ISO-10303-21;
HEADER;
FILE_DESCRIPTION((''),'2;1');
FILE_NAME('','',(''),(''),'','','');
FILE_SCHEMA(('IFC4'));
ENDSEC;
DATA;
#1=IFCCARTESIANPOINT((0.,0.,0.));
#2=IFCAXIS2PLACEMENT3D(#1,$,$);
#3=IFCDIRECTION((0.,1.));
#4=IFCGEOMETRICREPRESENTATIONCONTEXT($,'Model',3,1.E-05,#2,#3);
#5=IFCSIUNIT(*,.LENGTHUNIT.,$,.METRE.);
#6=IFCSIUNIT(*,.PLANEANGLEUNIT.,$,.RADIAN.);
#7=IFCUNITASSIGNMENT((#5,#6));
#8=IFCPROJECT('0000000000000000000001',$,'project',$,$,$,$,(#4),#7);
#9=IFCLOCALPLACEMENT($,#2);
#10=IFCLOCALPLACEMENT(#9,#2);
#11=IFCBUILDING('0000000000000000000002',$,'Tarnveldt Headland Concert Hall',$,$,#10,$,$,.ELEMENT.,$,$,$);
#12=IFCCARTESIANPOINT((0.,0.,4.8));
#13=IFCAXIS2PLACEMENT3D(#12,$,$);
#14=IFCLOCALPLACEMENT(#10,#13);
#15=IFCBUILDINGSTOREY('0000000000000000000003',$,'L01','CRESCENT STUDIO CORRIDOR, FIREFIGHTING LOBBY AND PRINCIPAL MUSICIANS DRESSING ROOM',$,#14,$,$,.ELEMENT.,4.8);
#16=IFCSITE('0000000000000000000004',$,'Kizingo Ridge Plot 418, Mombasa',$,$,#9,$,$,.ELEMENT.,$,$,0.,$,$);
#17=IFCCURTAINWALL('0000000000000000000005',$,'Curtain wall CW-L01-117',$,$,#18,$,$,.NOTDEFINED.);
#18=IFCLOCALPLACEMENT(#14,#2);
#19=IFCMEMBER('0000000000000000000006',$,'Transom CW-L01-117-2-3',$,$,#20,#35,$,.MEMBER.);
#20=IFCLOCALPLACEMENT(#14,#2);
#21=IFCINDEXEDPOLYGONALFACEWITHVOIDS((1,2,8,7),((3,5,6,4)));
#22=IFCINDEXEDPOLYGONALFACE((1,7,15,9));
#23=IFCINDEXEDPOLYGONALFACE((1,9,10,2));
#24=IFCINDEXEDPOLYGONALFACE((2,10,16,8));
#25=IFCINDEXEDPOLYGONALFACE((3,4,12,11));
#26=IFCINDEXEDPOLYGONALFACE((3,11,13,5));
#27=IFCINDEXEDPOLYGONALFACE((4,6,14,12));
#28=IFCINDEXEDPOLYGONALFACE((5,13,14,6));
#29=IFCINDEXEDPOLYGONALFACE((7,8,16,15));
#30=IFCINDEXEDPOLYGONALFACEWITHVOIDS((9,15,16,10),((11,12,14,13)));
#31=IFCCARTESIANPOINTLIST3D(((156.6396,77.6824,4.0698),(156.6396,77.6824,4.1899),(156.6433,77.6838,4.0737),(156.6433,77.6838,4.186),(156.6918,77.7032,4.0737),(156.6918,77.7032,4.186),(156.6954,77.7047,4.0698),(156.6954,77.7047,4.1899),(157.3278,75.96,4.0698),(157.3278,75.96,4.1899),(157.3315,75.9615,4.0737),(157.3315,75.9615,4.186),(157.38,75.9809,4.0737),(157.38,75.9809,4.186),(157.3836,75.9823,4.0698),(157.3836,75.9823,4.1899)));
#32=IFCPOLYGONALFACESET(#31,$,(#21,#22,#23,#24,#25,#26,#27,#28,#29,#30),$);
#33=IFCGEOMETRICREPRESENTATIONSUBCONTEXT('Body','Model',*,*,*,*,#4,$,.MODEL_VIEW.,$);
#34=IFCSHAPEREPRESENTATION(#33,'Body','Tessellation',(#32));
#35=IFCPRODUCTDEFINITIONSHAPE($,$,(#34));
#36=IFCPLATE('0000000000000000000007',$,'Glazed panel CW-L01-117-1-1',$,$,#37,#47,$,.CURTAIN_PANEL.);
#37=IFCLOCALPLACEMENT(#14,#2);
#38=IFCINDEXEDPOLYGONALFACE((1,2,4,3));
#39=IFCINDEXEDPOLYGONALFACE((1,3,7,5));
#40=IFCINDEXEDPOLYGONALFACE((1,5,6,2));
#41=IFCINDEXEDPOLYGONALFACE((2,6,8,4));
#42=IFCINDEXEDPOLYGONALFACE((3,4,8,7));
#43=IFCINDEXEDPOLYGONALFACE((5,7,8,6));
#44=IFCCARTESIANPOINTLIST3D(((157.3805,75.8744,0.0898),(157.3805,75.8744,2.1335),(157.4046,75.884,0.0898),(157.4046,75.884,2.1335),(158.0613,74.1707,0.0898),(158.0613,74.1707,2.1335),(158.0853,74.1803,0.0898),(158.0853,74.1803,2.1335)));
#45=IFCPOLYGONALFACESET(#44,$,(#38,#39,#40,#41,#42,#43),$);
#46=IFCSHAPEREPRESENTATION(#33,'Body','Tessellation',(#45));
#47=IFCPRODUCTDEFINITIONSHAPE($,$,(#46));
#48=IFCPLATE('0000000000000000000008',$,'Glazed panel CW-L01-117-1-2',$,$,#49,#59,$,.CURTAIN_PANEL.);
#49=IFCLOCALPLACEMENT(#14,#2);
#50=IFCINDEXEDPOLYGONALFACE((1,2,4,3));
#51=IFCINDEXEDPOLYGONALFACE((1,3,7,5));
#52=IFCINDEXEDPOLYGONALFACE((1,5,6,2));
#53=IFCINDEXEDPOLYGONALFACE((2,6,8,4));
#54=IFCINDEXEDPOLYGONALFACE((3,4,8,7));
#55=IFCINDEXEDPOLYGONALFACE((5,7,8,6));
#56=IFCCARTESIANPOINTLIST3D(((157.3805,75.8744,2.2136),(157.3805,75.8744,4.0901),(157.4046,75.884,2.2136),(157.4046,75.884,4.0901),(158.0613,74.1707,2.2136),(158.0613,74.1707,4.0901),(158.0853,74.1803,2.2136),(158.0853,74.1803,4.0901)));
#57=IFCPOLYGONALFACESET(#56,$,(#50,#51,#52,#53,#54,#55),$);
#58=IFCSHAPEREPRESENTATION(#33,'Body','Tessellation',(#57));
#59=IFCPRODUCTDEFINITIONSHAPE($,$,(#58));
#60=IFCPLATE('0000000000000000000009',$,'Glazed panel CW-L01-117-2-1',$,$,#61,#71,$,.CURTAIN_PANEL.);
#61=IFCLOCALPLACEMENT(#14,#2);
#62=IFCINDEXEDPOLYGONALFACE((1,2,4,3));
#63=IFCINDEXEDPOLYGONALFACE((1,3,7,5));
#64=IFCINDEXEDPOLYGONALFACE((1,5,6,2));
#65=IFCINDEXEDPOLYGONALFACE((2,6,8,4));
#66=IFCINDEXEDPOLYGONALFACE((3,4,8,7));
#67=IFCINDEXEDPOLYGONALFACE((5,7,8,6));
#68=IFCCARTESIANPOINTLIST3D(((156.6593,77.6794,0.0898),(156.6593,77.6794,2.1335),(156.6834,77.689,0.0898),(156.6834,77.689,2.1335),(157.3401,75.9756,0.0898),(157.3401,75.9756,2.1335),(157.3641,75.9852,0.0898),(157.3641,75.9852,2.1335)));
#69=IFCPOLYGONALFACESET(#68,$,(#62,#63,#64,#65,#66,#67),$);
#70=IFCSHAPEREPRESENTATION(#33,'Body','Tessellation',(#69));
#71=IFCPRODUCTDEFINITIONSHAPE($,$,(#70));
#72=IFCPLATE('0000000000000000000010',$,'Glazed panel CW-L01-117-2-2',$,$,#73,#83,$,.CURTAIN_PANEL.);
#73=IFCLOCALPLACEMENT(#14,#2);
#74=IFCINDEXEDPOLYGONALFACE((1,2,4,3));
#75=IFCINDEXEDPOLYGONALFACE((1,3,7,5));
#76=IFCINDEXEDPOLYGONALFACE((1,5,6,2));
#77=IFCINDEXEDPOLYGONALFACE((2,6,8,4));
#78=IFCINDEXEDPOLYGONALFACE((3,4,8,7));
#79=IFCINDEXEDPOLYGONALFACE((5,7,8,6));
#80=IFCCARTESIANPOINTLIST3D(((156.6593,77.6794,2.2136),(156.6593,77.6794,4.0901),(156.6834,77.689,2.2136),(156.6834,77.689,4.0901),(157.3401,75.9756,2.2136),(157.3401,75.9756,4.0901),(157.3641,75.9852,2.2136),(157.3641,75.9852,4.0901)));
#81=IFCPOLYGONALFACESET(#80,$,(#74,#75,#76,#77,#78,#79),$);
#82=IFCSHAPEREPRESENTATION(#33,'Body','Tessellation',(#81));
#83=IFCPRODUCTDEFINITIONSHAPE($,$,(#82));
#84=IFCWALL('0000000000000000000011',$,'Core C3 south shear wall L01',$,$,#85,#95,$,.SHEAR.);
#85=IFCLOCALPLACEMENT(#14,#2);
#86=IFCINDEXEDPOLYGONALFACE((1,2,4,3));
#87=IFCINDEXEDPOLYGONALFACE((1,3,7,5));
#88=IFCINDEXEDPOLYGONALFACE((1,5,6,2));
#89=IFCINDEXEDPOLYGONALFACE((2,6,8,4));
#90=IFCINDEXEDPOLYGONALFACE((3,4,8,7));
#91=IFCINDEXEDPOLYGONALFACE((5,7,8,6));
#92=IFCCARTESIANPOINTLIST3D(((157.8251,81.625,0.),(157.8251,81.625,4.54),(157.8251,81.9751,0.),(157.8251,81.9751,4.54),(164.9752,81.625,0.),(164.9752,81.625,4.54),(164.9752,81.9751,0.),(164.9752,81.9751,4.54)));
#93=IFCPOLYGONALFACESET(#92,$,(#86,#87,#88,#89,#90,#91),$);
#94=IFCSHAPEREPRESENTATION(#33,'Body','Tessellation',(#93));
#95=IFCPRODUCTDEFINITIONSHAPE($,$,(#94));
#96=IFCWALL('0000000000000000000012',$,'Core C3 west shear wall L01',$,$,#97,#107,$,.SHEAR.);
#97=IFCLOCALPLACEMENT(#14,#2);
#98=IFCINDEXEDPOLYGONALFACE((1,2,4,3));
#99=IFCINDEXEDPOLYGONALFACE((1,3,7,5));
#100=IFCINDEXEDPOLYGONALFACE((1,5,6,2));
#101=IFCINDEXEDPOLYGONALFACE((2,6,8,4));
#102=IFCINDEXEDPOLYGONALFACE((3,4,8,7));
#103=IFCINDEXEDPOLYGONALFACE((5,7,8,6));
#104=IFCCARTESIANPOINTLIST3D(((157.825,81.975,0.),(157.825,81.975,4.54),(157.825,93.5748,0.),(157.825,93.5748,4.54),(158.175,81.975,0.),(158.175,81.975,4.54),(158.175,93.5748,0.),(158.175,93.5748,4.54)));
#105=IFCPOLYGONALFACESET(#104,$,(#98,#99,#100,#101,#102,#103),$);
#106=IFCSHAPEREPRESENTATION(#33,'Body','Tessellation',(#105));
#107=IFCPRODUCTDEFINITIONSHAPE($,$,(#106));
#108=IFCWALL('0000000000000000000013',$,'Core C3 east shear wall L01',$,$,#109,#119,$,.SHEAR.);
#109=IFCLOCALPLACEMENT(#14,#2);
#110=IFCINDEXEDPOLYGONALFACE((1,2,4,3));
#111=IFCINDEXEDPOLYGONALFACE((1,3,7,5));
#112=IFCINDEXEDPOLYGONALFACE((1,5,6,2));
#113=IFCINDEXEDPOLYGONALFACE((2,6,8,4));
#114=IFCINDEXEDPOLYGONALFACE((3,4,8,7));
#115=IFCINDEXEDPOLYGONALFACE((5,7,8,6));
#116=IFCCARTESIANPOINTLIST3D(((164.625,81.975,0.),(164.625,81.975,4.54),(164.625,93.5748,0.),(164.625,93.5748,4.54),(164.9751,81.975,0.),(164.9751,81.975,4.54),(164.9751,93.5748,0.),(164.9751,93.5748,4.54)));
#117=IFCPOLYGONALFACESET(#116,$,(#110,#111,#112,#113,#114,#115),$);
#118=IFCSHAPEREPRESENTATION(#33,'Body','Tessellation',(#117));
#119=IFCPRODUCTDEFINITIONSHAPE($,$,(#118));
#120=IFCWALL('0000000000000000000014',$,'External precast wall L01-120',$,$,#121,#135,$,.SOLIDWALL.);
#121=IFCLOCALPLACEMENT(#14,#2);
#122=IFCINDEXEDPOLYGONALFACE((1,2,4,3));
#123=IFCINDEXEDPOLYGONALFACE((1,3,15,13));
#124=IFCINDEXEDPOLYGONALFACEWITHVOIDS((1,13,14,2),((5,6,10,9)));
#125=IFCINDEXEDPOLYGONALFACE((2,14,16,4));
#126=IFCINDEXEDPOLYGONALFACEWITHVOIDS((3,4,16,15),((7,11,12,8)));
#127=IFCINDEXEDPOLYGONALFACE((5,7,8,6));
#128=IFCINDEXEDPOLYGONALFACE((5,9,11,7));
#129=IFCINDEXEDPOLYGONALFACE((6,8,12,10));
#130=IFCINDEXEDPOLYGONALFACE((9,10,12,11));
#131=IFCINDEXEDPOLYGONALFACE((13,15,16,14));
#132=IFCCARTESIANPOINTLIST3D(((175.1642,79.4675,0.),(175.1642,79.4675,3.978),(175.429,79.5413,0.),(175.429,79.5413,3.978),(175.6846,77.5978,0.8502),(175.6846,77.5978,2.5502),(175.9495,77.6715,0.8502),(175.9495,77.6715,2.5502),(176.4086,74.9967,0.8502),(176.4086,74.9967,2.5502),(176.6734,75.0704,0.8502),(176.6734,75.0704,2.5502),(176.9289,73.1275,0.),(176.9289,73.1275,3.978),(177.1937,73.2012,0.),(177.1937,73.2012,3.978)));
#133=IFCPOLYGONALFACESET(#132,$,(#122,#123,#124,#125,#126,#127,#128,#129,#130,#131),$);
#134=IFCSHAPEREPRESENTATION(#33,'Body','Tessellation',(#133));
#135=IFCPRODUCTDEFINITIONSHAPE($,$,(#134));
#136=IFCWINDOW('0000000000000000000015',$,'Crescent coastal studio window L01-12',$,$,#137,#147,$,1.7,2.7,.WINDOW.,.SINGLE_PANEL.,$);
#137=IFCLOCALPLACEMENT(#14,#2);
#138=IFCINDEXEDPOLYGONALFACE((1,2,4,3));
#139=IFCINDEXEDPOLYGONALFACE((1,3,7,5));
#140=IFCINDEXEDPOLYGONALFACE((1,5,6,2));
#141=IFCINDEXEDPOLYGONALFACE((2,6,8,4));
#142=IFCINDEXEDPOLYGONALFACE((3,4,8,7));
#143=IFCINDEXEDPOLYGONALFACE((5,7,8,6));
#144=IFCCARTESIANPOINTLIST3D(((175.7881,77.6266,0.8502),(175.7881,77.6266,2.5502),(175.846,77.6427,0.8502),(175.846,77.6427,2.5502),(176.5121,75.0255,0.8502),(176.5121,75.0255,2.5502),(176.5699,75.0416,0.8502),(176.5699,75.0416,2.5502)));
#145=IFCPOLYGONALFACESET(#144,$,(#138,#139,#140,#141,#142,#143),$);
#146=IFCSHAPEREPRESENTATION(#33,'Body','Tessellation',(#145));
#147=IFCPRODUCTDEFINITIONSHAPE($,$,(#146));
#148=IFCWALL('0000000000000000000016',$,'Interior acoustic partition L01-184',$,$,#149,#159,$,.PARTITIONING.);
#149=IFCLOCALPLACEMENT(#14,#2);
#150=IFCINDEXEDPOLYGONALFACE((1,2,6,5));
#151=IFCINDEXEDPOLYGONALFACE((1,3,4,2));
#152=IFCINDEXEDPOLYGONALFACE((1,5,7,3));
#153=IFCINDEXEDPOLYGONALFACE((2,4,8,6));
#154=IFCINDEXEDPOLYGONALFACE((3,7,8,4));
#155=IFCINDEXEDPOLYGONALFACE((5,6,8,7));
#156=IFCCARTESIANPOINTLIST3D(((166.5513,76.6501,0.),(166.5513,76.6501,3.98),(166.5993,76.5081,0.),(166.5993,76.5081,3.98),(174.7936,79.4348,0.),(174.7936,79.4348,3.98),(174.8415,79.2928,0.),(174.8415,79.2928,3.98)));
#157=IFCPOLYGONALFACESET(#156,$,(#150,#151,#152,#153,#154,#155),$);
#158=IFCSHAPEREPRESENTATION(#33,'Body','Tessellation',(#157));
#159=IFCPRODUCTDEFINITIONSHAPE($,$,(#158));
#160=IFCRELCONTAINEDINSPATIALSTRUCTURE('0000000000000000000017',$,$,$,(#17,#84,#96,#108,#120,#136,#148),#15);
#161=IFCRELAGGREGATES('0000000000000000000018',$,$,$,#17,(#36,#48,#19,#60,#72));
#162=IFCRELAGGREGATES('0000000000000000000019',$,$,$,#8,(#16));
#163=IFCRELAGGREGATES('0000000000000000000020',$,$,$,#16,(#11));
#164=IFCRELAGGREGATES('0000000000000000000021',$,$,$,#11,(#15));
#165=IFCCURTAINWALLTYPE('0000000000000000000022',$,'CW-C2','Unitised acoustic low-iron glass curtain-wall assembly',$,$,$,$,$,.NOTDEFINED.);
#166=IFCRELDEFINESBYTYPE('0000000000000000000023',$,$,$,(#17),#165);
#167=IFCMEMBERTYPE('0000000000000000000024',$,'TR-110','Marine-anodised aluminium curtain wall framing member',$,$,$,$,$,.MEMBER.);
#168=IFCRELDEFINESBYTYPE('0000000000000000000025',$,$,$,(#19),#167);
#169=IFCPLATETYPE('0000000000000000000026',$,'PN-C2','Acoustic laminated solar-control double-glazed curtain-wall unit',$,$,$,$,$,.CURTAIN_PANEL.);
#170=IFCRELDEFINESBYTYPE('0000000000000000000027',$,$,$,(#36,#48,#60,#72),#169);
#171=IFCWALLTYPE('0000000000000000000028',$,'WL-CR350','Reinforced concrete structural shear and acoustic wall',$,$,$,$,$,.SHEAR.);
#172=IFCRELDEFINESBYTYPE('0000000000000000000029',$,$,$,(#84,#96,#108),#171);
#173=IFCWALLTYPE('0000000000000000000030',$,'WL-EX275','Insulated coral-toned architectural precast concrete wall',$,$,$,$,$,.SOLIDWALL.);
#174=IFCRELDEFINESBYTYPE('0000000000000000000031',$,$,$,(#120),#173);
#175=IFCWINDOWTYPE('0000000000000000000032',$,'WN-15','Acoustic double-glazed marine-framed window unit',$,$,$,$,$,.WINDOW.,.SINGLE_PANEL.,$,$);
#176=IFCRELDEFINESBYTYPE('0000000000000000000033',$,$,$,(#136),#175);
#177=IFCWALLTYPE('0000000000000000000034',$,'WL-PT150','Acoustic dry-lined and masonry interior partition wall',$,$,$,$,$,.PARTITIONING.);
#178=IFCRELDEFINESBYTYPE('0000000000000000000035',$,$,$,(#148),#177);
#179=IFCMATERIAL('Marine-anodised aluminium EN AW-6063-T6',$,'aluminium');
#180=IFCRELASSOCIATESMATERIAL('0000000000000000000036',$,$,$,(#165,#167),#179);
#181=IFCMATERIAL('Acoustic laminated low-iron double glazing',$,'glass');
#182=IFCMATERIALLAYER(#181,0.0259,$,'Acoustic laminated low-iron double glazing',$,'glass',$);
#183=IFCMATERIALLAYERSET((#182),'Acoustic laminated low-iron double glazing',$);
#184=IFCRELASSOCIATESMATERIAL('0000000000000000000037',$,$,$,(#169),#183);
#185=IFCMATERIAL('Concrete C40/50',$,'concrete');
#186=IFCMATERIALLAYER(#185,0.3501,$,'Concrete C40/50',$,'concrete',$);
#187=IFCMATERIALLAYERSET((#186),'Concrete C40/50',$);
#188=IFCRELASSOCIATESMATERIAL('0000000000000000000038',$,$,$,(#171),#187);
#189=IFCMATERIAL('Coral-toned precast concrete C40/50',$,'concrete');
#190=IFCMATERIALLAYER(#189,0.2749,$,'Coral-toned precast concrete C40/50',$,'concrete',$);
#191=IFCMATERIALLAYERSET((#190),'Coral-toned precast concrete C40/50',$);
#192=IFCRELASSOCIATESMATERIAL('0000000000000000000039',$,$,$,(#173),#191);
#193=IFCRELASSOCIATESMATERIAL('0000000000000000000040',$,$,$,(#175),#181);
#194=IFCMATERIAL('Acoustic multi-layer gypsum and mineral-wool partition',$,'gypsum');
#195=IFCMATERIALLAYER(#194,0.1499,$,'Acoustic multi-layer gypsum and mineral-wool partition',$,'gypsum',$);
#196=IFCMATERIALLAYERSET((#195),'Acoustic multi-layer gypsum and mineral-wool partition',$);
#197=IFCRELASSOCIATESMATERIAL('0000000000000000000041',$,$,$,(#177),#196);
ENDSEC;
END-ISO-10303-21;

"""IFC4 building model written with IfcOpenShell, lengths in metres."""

from ifc_helpers import new_model, si_unit, direction, frame, frame_2d, origin, origin_2d, place, context, subcontext, project, spatial, rectangle, hollow_rectangle, extrude, material, layer, layer_set, material_profile, profile_set, type_object, element, fill, aggregate, save


model = new_model("IFC4")

# Units and contexts
model_context = context("Model", 3, precision=1e-05, world=origin(), true_north=direction((0.0, 1.0)))
body_context = subcontext(model_context, "Body", "Model", "MODEL_VIEW")
ifc_project = project(units=[si_unit("LENGTHUNIT", "METRE"), si_unit("PLANEANGLEUNIT", "RADIAN")], contexts=[model_context])

# Site, building, storey
site_placement = place(None, origin())
site = spatial("IfcSite", under=ifc_project, at=site_placement, Name="Kizingo Ridge Plot 418, Mombasa", CompositionType="ELEMENT", RefElevation=0.0)
building_placement = place(site_placement, origin())
building = spatial("IfcBuilding", under=site, at=building_placement, Name="Tarnveldt Headland Concert Hall", CompositionType="ELEMENT")
storey_placement = place(building_placement, frame((0.0, 0.0, 4.8)))
storey = spatial("IfcBuildingStorey", under=building, at=storey_placement, Name="L01", Description="CRESCENT STUDIO CORRIDOR, FIREFIGHTING LOBBY AND PRINCIPAL MUSICIANS DRESSING ROOM", CompositionType="ELEMENT", Elevation=4.8)

# Shared definitions
ifc_material_1 = material(Name="Concrete C40/50", Category="concrete")

# Curtain wall
ifc_material_2 = material(Name="Marine-anodised aluminium EN AW-6063-T6", Category="aluminium")
curtain_wall_type = type_object("IfcCurtainWallType", Name="CW-C2", Description="Unitised acoustic low-iron glass curtain-wall assembly", PredefinedType="NOTDEFINED", material=ifc_material_2)
curtain_wall_placement = place(storey_placement, origin())
curtain_wall = element("IfcCurtainWall", 1, at=curtain_wall_placement, inside=storey, type_object=curtain_wall_type, Name="Curtain wall CW-L01-117", PredefinedType="NOTDEFINED")

# Member
ifc_material_profile_1 = material_profile(ifc_material_2, hollow_rectangle(XDim=0.0601, YDim=0.1201, WallThickness=0.0039, at=origin_2d()), Name="ALU TRANSOM 60x120x4", Category="aluminium")
ifc_profile_set_1 = profile_set([ifc_material_profile_1], Name="Marine-anodised aluminium EN AW-6063-T6")
member_type_1 = type_object("IfcMemberType", Name="TR-110", Description="Marine-anodised aluminium curtain wall framing member", PredefinedType="MEMBER", material=ifc_profile_set_1)
member_1_placement = place(storey_placement, frame((157.3557, 75.9712, 4.1299), z_axis=(-0.37105, 0.928613, 0.0), x_axis=(-0.928613, -0.37105, 0.0)))
member_1 = element("IfcMember", 2, at=member_1_placement, type_object=member_type_1, Name="Transom CW-L01-117-2-3", PredefinedType="MEMBER", context=body_context, shape_type="SweptSolid", body=[
    extrude(hollow_rectangle(XDim=0.0601, YDim=0.1201, WallThickness=0.0039, at=origin_2d()), origin(), (0.0, 0.0, 1.0), 1.8547),
])

# Plates
ifc_material_3 = material(Name="Acoustic laminated low-iron double glazing", Category="glass")
ifc_layer_1 = layer(ifc_material_3, 0.0259, Name="Acoustic laminated low-iron double glazing", Category="glass")
ifc_layer_set_1 = layer_set([ifc_layer_1], Name="Acoustic laminated low-iron double glazing")
plate_type = type_object("IfcPlateType", Name="PN-C2", Description="Acoustic laminated solar-control double-glazed curtain-wall unit", PredefinedType="CURTAIN_PANEL", material=ifc_layer_set_1)
plate_1_placement = place(storey_placement, frame((157.7329, 75.0273, 0.0898), z_axis=(0.0, 0.0, 1.0), x_axis=(-0.371028, 0.928622, 0.0)))
plate_1 = element("IfcPlate", 3, at=plate_1_placement, type_object=plate_type, Name="Glazed panel CW-L01-117-1-1", PredefinedType="CURTAIN_PANEL", context=body_context, shape_type="SweptSolid", body=[
    extrude(rectangle(XDim=1.8347, YDim=0.0259, at=origin_2d()), origin(), (0.0, 0.0, 1.0), 2.0437),
])
plate_2_placement = place(storey_placement, frame((157.7329, 75.0273, 2.2136), z_axis=(0.0, 0.0, 1.0), x_axis=(-0.371028, 0.928622, 0.0)))
plate_2 = element("IfcPlate", 4, at=plate_2_placement, type_object=plate_type, Name="Glazed panel CW-L01-117-1-2", PredefinedType="CURTAIN_PANEL", context=body_context, shape_type="SweptSolid", body=[
    extrude(rectangle(XDim=1.8347, YDim=0.0259, at=origin_2d()), origin(), (0.0, 0.0, 1.0), 1.8765),
])
plate_3_placement = place(storey_placement, frame((157.0117, 76.8323, 0.0898), z_axis=(0.0, 0.0, 1.0), x_axis=(-0.371028, 0.928622, 0.0)))
plate_3 = element("IfcPlate", 5, at=plate_3_placement, type_object=plate_type, Name="Glazed panel CW-L01-117-2-1", PredefinedType="CURTAIN_PANEL", context=body_context, shape_type="SweptSolid", body=[
    extrude(rectangle(XDim=1.8347, YDim=0.0259, at=origin_2d()), origin(), (0.0, 0.0, 1.0), 2.0437),
])
plate_4_placement = place(storey_placement, frame((157.0117, 76.8323, 2.2136), z_axis=(0.0, 0.0, 1.0), x_axis=(-0.371028, 0.928622, 0.0)))
plate_4 = element("IfcPlate", 6, at=plate_4_placement, type_object=plate_type, Name="Glazed panel CW-L01-117-2-2", PredefinedType="CURTAIN_PANEL", context=body_context, shape_type="SweptSolid", body=[
    extrude(rectangle(XDim=1.8347, YDim=0.0259, at=origin_2d()), origin(), (0.0, 0.0, 1.0), 1.8765),
])
aggregate(curtain_wall, [plate_1, plate_2, member_1, plate_3, plate_4])

# Walls
ifc_layer_2 = layer(ifc_material_1, 0.3501, Name="Concrete C40/50", Category="concrete")
ifc_layer_set_2 = layer_set([ifc_layer_2], Name="Concrete C40/50")
wall_type_1 = type_object("IfcWallType", Name="WL-CR350", Description="Reinforced concrete structural shear and acoustic wall", PredefinedType="SHEAR", material=ifc_layer_set_2)
wall_1_placement = place(storey_placement, frame((157.825, 81.8, 0.0), z_axis=(0.0, 0.0, 1.0), x_axis=(1.0, 0.0, 0.0)))
element("IfcWall", 7, at=wall_1_placement, inside=storey, type_object=wall_type_1, Name="Core C3 south shear wall L01", PredefinedType="SHEAR", context=body_context, shape_type="SweptSolid", body=[
    extrude(rectangle(XDim=7.1501, YDim=0.3501, at=frame_2d((3.5752, 0.0))), origin(), (0.0, 0.0, 1.0), 4.54),
])
for number, where, z_axis, x_axis, name in (
    (8, (158.0, 81.9751, 0.0), (0.0, 0.0, 1.0), (0.0, 1.0, 0.0), "Core C3 west shear wall L01"),
    (9, (164.8, 81.9751, 0.0), (0.0, 0.0, 1.0), (0.0, 1.0, 0.0), "Core C3 east shear wall L01"),
):
    element("IfcWall", number, at=place(storey_placement, frame(where, z_axis=z_axis, x_axis=x_axis)), inside=storey, type_object=wall_type_1, Name=name, PredefinedType="SHEAR", context=body_context, shape_type="SweptSolid", body=[
        extrude(rectangle(XDim=11.5999, YDim=0.3501, at=frame_2d((5.7998, 0.0))), origin(), (0.0, 0.0, 1.0), 4.54),
    ])

# Wall, opening, window
ifc_material_4 = material(Name="Coral-toned precast concrete C40/50", Category="concrete")
ifc_layer_3 = layer(ifc_material_4, 0.2749, Name="Coral-toned precast concrete C40/50", Category="concrete")
ifc_layer_set_3 = layer_set([ifc_layer_3], Name="Coral-toned precast concrete C40/50")
wall_type_2 = type_object("IfcWallType", Name="WL-EX275", Description="Insulated coral-toned architectural precast concrete wall", PredefinedType="SOLIDWALL", material=ifc_layer_set_3)
wall_2_placement = place(storey_placement, frame((175.2966, 79.5044, 0.0), z_axis=(0.0, 0.0, 1.0), x_axis=(0.268139, -0.96338, 0.0)))
wall_2 = element("IfcWall", 10, at=wall_2_placement, inside=storey, type_object=wall_type_2, Name="External precast wall L01-120", PredefinedType="SOLIDWALL", context=body_context, shape_type="SweptSolid", body=[
    extrude(rectangle(XDim=6.5811, YDim=0.2749, at=frame_2d((3.2905, 0.0))), origin(), (0.0, 0.0, 1.0), 3.978),
])
opening_1_placement = place(wall_2_placement, frame((1.9407, 0.0, 0.8501)))
opening_1 = element("IfcOpeningElement", 11, at=opening_1_placement, cuts=wall_2, PredefinedType="OPENING", context=body_context, shape_type="SweptSolid", body=[
    extrude(rectangle(XDim=2.7, YDim=1.7, at=frame_2d((1.3501, 0.8501))), frame((0.0, 0.1475, 0.0), z_axis=(0.0, -1.0, 0.0), x_axis=(1.0, 0.0, 0.0)), (0.0, 0.0, 1.0), 0.2949),
])
window_type = type_object("IfcWindowType", Name="WN-15", Description="Acoustic double-glazed marine-framed window unit", PartitioningType="SINGLE_PANEL", PredefinedType="WINDOW", material=ifc_material_3)
window_placement = place(opening_1_placement, origin())
window = element("IfcWindow", 12, at=window_placement, inside=storey, type_object=window_type, Name="Crescent coastal studio window L01-12", OverallHeight=1.7, OverallWidth=2.7, PartitioningType="SINGLE_PANEL", PredefinedType="WINDOW", context=body_context, shape_type="SweptSolid", body=[
    extrude(rectangle(XDim=2.7, YDim=1.7, at=frame_2d((1.3501, 0.8501))), frame((0.0, 0.03, 0.0), z_axis=(0.0, -1.0, 0.0), x_axis=(1.0, 0.0, 0.0)), (0.0, 0.0, 1.0), 0.0601),
])
fill(opening_1, window)

# Wall
ifc_material_5 = material(Name="Acoustic multi-layer gypsum and mineral-wool partition", Category="gypsum")
ifc_layer_4 = layer(ifc_material_5, 0.1499, Name="Acoustic multi-layer gypsum and mineral-wool partition", Category="gypsum")
ifc_layer_set_4 = layer_set([ifc_layer_4], Name="Acoustic multi-layer gypsum and mineral-wool partition")
wall_type_3 = type_object("IfcWallType", Name="WL-PT150", Description="Acoustic dry-lined and masonry interior partition wall", PredefinedType="PARTITIONING", material=ifc_layer_set_4)
wall_3_placement = place(storey_placement, frame((166.5752, 76.5791, 0.0), z_axis=(0.0, 0.0, 1.0), x_axis=(0.94739, 0.320081, 0.0)))
element("IfcWall", 13, at=wall_3_placement, inside=storey, type_object=wall_type_3, Name="Interior acoustic partition L01-184", PredefinedType="PARTITIONING", context=body_context, shape_type="SweptSolid", body=[
    extrude(rectangle(XDim=8.7, YDim=0.1499, at=frame_2d((4.3501, 0.0))), origin(), (0.0, 0.0, 1.0), 3.98),
])

save(model, "model.ifc")
